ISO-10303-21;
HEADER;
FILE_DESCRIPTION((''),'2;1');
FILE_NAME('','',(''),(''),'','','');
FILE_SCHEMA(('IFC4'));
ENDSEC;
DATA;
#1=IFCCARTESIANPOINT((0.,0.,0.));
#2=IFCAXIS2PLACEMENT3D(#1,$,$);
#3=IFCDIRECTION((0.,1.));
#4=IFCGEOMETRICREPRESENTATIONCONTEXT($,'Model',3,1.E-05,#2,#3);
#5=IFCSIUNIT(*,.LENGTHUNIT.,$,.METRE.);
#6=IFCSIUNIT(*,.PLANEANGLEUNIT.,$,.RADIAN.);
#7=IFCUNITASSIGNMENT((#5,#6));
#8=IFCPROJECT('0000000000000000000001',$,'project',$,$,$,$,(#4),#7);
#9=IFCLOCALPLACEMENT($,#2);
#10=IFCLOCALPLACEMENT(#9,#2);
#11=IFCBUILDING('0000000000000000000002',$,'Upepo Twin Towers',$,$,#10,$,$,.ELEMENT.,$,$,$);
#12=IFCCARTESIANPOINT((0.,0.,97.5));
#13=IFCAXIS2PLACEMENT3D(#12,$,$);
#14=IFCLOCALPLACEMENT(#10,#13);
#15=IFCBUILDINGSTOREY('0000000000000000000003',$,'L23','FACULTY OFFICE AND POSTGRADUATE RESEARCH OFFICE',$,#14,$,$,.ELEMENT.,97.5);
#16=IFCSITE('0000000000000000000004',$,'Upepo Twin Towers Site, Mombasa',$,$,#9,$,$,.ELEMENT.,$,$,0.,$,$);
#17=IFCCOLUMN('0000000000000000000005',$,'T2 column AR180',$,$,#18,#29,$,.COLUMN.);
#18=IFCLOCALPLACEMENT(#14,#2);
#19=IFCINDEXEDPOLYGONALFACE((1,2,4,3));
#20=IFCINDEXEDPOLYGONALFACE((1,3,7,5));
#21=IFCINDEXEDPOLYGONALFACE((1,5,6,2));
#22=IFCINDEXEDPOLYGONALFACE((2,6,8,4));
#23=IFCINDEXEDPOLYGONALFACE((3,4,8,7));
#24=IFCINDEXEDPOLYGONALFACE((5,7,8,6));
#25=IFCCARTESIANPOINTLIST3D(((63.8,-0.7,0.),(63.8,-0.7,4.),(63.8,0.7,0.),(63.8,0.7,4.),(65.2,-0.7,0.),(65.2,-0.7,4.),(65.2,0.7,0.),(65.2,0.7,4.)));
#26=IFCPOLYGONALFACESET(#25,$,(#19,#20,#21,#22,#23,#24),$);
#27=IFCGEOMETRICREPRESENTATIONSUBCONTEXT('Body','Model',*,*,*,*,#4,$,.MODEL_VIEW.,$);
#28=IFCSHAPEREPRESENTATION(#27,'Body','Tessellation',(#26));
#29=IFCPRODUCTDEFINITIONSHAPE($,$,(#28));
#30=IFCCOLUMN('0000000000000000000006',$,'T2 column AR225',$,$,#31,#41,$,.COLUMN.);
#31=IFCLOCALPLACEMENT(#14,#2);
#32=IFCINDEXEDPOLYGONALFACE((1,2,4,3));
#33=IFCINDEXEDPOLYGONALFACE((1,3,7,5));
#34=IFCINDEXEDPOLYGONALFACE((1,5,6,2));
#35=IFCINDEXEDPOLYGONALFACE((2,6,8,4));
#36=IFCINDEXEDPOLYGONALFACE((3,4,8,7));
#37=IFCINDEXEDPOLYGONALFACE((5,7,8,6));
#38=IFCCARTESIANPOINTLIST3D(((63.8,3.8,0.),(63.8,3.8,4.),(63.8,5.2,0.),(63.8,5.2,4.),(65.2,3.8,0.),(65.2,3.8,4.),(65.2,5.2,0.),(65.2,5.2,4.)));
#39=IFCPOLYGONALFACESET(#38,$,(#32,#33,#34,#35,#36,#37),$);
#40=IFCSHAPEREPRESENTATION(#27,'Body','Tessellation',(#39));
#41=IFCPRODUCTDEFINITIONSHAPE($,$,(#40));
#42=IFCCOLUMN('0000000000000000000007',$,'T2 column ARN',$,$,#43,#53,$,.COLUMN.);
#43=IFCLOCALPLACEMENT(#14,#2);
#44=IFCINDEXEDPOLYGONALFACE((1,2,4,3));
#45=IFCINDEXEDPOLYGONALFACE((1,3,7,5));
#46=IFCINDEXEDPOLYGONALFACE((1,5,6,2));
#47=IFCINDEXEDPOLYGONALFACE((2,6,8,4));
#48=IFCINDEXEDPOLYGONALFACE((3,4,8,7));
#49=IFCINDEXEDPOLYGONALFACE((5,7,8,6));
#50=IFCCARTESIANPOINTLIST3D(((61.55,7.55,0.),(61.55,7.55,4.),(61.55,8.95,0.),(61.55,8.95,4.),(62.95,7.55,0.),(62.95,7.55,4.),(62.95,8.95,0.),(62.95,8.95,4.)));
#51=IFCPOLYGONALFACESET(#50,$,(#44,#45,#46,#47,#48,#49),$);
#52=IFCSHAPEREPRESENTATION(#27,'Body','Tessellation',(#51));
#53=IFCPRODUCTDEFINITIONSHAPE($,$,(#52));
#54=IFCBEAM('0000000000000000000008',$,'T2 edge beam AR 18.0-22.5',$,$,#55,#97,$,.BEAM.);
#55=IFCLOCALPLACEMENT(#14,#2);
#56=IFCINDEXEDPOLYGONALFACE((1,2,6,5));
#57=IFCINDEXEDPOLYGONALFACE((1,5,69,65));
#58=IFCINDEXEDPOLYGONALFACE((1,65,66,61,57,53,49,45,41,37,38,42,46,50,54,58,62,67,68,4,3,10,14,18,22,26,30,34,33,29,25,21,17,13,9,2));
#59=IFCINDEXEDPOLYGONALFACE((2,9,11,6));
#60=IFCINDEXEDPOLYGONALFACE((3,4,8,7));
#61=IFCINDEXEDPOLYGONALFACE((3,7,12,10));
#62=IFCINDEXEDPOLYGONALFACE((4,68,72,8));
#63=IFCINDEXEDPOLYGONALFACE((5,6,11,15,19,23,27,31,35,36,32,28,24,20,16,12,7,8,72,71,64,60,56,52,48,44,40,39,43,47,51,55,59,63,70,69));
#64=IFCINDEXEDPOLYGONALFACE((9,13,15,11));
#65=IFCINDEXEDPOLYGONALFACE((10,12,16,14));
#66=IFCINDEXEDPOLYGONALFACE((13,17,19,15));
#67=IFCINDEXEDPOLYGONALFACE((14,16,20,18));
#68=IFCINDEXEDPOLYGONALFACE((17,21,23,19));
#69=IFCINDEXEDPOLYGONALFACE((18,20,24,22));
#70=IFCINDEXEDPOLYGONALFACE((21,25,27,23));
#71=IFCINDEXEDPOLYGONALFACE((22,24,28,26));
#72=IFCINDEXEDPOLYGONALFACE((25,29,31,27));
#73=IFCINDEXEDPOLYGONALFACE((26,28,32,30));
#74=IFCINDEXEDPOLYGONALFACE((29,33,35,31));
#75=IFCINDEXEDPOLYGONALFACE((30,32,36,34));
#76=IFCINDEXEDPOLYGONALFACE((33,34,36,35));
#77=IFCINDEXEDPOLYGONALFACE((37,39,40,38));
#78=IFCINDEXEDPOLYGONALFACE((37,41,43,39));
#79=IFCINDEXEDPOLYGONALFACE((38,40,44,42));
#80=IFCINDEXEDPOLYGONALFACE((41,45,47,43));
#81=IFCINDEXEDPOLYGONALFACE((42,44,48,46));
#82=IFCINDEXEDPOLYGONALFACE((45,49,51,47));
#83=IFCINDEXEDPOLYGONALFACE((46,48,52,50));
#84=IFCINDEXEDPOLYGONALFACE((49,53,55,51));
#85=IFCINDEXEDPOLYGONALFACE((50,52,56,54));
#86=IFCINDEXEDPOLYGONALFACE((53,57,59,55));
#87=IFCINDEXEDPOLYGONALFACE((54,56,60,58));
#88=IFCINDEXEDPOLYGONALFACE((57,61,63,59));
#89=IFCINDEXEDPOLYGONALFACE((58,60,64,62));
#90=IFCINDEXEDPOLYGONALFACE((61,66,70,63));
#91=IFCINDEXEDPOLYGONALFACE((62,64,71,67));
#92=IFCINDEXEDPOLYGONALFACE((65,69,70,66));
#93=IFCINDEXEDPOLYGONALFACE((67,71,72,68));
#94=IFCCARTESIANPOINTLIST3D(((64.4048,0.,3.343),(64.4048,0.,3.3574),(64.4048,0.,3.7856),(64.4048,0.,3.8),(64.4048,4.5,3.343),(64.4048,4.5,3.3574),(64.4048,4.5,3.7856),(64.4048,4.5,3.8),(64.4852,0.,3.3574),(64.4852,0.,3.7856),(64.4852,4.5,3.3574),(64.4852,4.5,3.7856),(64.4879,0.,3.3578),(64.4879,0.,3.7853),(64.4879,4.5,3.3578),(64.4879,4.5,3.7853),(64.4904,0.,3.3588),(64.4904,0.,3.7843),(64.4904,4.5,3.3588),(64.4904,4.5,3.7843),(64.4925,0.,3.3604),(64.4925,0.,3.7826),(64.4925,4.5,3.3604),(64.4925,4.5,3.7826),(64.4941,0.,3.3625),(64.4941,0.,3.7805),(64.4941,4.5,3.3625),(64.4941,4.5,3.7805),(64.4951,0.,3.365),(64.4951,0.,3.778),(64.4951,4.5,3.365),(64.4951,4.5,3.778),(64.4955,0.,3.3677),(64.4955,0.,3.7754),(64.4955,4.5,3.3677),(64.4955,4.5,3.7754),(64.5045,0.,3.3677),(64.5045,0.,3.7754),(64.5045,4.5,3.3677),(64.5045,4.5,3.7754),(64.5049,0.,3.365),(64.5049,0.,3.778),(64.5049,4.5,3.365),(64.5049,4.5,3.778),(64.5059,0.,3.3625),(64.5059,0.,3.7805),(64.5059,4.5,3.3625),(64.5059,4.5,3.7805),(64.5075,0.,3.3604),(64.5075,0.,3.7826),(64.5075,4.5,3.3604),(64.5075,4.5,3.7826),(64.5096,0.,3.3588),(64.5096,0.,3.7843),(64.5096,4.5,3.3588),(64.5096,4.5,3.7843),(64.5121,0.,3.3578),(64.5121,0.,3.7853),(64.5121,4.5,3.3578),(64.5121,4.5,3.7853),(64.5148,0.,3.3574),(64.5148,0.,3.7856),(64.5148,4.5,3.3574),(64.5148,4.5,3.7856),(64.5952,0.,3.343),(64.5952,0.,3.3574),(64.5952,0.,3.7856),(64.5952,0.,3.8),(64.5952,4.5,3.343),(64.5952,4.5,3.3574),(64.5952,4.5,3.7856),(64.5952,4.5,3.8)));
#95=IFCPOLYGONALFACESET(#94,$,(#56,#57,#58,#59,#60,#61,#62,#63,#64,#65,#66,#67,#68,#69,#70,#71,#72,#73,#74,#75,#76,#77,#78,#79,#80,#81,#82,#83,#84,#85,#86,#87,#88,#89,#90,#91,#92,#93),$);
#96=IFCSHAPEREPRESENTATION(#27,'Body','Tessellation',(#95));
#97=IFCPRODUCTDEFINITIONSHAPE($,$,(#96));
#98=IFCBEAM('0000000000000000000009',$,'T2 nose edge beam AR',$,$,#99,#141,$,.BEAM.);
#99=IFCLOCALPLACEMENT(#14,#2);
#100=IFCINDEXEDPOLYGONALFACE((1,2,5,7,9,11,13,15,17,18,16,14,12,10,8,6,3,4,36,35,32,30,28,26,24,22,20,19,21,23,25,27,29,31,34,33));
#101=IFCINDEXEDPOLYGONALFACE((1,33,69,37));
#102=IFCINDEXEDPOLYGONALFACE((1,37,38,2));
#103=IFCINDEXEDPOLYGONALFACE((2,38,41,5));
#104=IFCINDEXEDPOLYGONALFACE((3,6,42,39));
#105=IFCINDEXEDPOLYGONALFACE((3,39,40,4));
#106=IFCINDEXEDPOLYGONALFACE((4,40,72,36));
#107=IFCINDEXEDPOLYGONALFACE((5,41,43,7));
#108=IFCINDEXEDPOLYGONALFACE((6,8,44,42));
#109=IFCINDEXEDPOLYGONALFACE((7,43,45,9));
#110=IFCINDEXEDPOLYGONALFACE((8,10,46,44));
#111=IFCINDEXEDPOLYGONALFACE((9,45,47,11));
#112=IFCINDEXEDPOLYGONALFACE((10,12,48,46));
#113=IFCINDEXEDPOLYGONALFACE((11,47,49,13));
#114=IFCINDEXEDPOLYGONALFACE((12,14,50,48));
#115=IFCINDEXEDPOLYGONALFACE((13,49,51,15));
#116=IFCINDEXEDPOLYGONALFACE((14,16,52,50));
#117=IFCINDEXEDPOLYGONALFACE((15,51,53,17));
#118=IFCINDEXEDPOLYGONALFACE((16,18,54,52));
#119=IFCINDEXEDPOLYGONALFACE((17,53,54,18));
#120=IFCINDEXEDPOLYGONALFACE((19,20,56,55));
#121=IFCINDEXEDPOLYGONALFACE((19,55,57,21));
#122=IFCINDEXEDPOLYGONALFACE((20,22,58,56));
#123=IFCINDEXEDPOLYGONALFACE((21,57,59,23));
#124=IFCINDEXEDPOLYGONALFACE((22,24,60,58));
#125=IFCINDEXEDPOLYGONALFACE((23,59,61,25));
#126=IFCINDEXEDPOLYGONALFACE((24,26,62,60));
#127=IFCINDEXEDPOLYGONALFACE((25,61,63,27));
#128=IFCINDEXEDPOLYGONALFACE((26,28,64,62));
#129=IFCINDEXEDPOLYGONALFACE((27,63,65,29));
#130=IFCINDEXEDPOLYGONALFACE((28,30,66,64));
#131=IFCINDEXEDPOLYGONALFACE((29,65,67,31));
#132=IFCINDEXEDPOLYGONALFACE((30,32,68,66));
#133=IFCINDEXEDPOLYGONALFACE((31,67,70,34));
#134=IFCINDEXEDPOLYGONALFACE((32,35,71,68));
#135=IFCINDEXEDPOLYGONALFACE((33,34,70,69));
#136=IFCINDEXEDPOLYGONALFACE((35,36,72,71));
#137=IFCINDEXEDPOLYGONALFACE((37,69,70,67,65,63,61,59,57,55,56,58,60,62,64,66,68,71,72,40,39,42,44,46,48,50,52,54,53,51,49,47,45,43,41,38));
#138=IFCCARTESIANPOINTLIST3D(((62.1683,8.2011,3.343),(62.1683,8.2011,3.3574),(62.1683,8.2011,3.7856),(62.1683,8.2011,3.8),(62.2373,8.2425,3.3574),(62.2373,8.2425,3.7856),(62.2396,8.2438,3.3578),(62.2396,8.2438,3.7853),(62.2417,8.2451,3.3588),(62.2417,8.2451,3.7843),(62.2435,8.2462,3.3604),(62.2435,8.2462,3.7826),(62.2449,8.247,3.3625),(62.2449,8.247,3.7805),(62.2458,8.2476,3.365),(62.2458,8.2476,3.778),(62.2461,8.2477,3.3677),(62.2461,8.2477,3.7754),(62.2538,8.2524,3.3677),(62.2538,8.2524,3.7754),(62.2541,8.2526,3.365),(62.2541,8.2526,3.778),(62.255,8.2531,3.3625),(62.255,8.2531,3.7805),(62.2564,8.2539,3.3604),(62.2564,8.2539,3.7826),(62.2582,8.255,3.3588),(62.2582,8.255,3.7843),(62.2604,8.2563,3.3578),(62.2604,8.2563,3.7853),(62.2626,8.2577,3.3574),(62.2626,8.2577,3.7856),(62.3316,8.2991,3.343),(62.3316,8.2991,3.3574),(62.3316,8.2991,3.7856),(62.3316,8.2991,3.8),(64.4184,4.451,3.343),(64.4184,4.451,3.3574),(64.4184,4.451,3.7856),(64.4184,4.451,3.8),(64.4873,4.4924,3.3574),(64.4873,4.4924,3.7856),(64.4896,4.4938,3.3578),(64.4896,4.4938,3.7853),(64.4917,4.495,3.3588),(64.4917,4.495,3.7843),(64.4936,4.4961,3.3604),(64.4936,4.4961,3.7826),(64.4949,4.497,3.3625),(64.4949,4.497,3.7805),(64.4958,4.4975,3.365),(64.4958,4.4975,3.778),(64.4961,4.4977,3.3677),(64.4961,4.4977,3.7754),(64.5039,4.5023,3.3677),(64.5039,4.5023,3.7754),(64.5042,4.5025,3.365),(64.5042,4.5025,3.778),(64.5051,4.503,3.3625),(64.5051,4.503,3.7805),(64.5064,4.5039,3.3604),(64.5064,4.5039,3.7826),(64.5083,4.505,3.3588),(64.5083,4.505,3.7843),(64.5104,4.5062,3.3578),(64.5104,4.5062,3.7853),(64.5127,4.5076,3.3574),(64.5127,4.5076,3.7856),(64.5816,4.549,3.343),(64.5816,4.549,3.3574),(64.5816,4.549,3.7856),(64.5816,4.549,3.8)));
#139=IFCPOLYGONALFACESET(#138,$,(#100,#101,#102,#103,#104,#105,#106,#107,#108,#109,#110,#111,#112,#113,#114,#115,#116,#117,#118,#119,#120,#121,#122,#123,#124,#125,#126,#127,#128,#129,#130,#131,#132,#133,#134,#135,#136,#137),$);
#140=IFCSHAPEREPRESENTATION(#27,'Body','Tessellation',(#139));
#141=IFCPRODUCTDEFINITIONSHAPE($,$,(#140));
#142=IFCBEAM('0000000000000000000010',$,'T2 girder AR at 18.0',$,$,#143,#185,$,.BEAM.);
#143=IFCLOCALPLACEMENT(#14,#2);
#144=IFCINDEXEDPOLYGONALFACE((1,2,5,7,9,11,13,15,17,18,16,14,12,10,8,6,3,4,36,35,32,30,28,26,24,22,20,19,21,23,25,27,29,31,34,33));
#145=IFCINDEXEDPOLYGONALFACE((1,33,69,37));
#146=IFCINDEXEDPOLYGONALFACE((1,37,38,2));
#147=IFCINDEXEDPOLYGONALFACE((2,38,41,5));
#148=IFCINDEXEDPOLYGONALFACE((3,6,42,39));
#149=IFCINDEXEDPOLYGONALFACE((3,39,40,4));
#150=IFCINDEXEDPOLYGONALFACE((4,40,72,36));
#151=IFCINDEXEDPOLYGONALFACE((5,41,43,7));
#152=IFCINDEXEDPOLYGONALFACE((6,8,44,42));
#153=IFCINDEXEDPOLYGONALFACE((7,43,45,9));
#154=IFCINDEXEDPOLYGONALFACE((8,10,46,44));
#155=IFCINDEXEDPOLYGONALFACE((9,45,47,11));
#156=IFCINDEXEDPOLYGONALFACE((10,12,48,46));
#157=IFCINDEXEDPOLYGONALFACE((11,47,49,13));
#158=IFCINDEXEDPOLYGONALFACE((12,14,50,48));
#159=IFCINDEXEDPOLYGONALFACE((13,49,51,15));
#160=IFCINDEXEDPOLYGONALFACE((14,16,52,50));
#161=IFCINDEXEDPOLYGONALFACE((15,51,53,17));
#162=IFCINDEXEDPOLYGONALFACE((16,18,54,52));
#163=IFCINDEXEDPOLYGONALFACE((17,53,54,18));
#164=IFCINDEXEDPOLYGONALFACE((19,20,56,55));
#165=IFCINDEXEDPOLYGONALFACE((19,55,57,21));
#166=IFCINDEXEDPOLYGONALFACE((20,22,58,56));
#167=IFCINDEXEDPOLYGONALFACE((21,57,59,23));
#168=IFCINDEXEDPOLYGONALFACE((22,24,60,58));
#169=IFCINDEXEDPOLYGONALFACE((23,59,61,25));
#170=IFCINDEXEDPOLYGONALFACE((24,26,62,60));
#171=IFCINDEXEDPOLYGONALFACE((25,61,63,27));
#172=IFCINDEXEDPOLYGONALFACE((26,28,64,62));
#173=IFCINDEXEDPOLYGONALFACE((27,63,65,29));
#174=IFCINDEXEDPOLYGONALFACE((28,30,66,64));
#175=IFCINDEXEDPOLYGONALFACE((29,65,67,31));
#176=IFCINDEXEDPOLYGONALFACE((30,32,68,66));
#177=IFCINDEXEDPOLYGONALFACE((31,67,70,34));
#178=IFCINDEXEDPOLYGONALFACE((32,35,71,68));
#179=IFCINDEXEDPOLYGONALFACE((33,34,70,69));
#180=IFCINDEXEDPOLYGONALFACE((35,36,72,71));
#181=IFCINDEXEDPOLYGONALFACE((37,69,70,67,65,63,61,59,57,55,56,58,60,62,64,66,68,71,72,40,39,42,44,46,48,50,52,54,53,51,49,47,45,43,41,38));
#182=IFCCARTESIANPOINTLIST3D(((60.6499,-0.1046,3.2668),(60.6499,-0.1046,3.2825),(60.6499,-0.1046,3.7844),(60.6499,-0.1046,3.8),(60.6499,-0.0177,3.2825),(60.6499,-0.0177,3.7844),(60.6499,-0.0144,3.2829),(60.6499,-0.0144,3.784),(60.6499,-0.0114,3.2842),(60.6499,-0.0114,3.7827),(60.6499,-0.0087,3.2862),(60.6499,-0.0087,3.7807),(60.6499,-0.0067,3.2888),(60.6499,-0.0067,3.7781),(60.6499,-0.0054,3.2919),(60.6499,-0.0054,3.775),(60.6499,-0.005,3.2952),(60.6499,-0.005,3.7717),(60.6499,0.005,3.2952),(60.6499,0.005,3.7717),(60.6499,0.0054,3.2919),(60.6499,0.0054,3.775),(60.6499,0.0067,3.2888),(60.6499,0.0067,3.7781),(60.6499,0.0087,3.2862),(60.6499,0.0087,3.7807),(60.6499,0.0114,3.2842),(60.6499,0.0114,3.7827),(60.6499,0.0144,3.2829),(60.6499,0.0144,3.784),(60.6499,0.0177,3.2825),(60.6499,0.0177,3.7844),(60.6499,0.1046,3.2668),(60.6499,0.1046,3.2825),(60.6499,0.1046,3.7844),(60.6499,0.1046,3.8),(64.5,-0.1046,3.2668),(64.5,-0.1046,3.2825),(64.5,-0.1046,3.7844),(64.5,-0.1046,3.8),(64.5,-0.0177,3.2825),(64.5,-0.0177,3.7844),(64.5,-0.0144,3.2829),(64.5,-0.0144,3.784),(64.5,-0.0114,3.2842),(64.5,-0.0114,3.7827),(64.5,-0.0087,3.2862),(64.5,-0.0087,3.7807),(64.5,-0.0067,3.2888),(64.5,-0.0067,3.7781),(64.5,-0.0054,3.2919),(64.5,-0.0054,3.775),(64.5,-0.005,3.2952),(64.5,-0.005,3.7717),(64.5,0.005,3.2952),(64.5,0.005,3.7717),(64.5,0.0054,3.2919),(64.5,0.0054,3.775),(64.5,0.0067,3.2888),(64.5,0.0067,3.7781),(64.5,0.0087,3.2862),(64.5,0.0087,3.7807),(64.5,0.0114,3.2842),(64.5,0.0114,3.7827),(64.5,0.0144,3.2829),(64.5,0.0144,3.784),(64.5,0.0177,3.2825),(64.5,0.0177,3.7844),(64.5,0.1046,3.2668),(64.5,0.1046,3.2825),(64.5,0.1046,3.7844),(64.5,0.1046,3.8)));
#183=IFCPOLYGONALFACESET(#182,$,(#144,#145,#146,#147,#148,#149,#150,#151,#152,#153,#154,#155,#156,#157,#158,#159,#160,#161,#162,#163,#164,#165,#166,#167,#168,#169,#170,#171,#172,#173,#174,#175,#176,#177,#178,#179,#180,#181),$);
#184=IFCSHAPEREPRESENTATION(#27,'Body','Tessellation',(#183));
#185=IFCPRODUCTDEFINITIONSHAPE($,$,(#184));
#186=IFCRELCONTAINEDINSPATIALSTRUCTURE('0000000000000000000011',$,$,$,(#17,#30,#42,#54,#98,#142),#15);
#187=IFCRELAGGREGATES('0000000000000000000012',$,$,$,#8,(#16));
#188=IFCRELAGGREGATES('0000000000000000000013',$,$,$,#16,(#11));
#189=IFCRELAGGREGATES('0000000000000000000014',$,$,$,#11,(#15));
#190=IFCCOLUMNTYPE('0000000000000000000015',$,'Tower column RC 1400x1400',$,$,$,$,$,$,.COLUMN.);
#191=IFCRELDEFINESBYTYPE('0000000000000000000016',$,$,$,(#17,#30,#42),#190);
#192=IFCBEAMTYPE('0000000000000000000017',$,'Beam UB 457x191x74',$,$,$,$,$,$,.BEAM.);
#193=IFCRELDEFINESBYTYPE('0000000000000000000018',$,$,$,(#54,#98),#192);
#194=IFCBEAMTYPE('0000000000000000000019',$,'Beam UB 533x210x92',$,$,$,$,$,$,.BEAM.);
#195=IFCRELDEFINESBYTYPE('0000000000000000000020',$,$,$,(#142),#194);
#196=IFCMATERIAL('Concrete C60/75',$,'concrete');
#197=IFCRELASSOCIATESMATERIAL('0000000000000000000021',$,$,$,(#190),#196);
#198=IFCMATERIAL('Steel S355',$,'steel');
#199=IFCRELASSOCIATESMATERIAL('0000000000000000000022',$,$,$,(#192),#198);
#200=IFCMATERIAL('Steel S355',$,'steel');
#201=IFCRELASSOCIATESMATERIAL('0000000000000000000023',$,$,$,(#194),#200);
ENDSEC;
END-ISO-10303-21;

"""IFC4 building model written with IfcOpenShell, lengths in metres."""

from ifc_helpers import new_model, si_unit, direction, frame, origin, origin_2d, place, context, subcontext, project, spatial, rectangle, i_section, extrude, material, material_profile, profile_set, type_object, element, save


model = new_model("IFC4")

# Units and contexts
model_context = context("Model", 3, precision=1e-05, world=origin(), true_north=direction((0.0, 1.0)))
body_context = subcontext(model_context, "Body", "Model", "MODEL_VIEW")
ifc_project = project(units=[si_unit("LENGTHUNIT", "METRE"), si_unit("PLANEANGLEUNIT", "RADIAN")], contexts=[model_context])

# Site, building, storey
site_placement = place(None, origin())
site = spatial("IfcSite", under=ifc_project, at=site_placement, Name="Upepo Twin Towers Site, Mombasa", CompositionType="ELEMENT", RefElevation=0.0)
building_placement = place(site_placement, origin())
building = spatial("IfcBuilding", under=site, at=building_placement, Name="Upepo Twin Towers", CompositionType="ELEMENT")
storey_placement = place(building_placement, frame((0.0, 0.0, 97.5)))
storey = spatial("IfcBuildingStorey", under=building, at=storey_placement, Name="L23", Description="FACULTY OFFICE AND POSTGRADUATE RESEARCH OFFICE", CompositionType="ELEMENT", Elevation=97.5)

# Columns
ifc_material_1 = material(Name="Concrete C60/75", Category="concrete")
ifc_material_profile_1 = material_profile(ifc_material_1, rectangle(XDim=1.3999, YDim=1.3999, at=origin_2d()), Name="RC 1400x1400")
ifc_profile_set_1 = profile_set([ifc_material_profile_1], Name="Concrete C60/75")
column_type = type_object("IfcColumnType", Name="Tower column RC 1400x1400", PredefinedType="COLUMN", material=ifc_profile_set_1)
for number, where, z_axis, x_axis, name in (
    (1, (64.5, 0.0, 0.0), (0.0, 0.0, 1.0), (1.0, 0.0, 0.0), "T2 column AR180"),
    (2, (64.5, 4.5, 0.0), (0.0, 0.0, 1.0), (1.0, 0.0, 0.0), "T2 column AR225"),
    (3, (62.25, 8.25, 0.0), (0.0, 0.0, 1.0), (1.0, 0.0, 0.0), "T2 column ARN"),
):
    element("IfcColumn", number, at=place(storey_placement, frame(where, z_axis=z_axis, x_axis=x_axis)), inside=storey, type_object=column_type, Name=name, PredefinedType="COLUMN", context=body_context, shape_type="SweptSolid", body=[
        extrude(rectangle(XDim=1.3999, YDim=1.3999, at=origin_2d()), origin(), (0.0, 0.0, 1.0), 4.0),
    ])

# Beams
ifc_material_2 = material(Name="Steel S355", Category="steel")
ifc_material_profile_2 = material_profile(ifc_material_2, i_section(OverallWidth=0.1904, OverallDepth=0.457, WebThickness=0.009, FlangeThickness=0.0144, FilletRadius=0.0103, at=origin_2d()), Name="UB 457x191x74")
ifc_profile_set_2 = profile_set([ifc_material_profile_2], Name="Steel S355")
beam_type_1 = type_object("IfcBeamType", Name="Beam UB 457x191x74", PredefinedType="BEAM", material=ifc_profile_set_2)
beam_1_placement = place(storey_placement, frame((64.5, 0.0, 3.5715), z_axis=(0.0, 1.0, 0.0), x_axis=(-1.0, 0.0, 0.0)))
element("IfcBeam", 4, at=beam_1_placement, inside=storey, type_object=beam_type_1, Name="T2 edge beam AR 18.0-22.5", PredefinedType="BEAM", context=body_context, shape_type="SweptSolid", body=[
    extrude(i_section(OverallWidth=0.1904, OverallDepth=0.457, WebThickness=0.009, FlangeThickness=0.0144, FilletRadius=0.0103, at=origin_2d()), origin(), (0.0, 0.0, 1.0), 4.5),
])
beam_2_placement = place(storey_placement, frame((64.5, 4.5, 3.5715), z_axis=(-0.514496, 0.857493, 0.0), x_axis=(-0.857493, -0.514496, 0.0)))
element("IfcBeam", 5, at=beam_2_placement, inside=storey, type_object=beam_type_1, Name="T2 nose edge beam AR", PredefinedType="BEAM", context=body_context, shape_type="SweptSolid", body=[
    extrude(i_section(OverallWidth=0.1904, OverallDepth=0.457, WebThickness=0.009, FlangeThickness=0.0144, FilletRadius=0.0103, at=origin_2d()), origin(), (0.0, 0.0, 1.0), 4.3733),
])
ifc_material_3 = material(Name="Steel S355", Category="steel")
ifc_material_profile_3 = material_profile(ifc_material_3, i_section(OverallWidth=0.2092, OverallDepth=0.5332, WebThickness=0.01, FlangeThickness=0.0156, FilletRadius=0.0127, at=origin_2d()), Name="UB 533x210x92")
ifc_profile_set_3 = profile_set([ifc_material_profile_3], Name="Steel S355")
beam_type_2 = type_object("IfcBeamType", Name="Beam UB 533x210x92", PredefinedType="BEAM", material=ifc_profile_set_3)
for number, where, z_axis, x_axis, name in (
    (6, (64.5, 0.0, 3.5334), (-1.0, 0.0, 0.0), (0.0, -1.0, 0.0), "T2 girder AR at 18.0"),
):
    element("IfcBeam", number, at=place(storey_placement, frame(where, z_axis=z_axis, x_axis=x_axis)), inside=storey, type_object=beam_type_2, Name=name, PredefinedType="BEAM", context=body_context, shape_type="SweptSolid", body=[
        extrude(i_section(OverallWidth=0.2092, OverallDepth=0.5332, WebThickness=0.01, FlangeThickness=0.0156, FilletRadius=0.0127, at=origin_2d()), origin(), (0.0, 0.0, 1.0), 3.8501),
    ])

save(model, "model.ifc")
